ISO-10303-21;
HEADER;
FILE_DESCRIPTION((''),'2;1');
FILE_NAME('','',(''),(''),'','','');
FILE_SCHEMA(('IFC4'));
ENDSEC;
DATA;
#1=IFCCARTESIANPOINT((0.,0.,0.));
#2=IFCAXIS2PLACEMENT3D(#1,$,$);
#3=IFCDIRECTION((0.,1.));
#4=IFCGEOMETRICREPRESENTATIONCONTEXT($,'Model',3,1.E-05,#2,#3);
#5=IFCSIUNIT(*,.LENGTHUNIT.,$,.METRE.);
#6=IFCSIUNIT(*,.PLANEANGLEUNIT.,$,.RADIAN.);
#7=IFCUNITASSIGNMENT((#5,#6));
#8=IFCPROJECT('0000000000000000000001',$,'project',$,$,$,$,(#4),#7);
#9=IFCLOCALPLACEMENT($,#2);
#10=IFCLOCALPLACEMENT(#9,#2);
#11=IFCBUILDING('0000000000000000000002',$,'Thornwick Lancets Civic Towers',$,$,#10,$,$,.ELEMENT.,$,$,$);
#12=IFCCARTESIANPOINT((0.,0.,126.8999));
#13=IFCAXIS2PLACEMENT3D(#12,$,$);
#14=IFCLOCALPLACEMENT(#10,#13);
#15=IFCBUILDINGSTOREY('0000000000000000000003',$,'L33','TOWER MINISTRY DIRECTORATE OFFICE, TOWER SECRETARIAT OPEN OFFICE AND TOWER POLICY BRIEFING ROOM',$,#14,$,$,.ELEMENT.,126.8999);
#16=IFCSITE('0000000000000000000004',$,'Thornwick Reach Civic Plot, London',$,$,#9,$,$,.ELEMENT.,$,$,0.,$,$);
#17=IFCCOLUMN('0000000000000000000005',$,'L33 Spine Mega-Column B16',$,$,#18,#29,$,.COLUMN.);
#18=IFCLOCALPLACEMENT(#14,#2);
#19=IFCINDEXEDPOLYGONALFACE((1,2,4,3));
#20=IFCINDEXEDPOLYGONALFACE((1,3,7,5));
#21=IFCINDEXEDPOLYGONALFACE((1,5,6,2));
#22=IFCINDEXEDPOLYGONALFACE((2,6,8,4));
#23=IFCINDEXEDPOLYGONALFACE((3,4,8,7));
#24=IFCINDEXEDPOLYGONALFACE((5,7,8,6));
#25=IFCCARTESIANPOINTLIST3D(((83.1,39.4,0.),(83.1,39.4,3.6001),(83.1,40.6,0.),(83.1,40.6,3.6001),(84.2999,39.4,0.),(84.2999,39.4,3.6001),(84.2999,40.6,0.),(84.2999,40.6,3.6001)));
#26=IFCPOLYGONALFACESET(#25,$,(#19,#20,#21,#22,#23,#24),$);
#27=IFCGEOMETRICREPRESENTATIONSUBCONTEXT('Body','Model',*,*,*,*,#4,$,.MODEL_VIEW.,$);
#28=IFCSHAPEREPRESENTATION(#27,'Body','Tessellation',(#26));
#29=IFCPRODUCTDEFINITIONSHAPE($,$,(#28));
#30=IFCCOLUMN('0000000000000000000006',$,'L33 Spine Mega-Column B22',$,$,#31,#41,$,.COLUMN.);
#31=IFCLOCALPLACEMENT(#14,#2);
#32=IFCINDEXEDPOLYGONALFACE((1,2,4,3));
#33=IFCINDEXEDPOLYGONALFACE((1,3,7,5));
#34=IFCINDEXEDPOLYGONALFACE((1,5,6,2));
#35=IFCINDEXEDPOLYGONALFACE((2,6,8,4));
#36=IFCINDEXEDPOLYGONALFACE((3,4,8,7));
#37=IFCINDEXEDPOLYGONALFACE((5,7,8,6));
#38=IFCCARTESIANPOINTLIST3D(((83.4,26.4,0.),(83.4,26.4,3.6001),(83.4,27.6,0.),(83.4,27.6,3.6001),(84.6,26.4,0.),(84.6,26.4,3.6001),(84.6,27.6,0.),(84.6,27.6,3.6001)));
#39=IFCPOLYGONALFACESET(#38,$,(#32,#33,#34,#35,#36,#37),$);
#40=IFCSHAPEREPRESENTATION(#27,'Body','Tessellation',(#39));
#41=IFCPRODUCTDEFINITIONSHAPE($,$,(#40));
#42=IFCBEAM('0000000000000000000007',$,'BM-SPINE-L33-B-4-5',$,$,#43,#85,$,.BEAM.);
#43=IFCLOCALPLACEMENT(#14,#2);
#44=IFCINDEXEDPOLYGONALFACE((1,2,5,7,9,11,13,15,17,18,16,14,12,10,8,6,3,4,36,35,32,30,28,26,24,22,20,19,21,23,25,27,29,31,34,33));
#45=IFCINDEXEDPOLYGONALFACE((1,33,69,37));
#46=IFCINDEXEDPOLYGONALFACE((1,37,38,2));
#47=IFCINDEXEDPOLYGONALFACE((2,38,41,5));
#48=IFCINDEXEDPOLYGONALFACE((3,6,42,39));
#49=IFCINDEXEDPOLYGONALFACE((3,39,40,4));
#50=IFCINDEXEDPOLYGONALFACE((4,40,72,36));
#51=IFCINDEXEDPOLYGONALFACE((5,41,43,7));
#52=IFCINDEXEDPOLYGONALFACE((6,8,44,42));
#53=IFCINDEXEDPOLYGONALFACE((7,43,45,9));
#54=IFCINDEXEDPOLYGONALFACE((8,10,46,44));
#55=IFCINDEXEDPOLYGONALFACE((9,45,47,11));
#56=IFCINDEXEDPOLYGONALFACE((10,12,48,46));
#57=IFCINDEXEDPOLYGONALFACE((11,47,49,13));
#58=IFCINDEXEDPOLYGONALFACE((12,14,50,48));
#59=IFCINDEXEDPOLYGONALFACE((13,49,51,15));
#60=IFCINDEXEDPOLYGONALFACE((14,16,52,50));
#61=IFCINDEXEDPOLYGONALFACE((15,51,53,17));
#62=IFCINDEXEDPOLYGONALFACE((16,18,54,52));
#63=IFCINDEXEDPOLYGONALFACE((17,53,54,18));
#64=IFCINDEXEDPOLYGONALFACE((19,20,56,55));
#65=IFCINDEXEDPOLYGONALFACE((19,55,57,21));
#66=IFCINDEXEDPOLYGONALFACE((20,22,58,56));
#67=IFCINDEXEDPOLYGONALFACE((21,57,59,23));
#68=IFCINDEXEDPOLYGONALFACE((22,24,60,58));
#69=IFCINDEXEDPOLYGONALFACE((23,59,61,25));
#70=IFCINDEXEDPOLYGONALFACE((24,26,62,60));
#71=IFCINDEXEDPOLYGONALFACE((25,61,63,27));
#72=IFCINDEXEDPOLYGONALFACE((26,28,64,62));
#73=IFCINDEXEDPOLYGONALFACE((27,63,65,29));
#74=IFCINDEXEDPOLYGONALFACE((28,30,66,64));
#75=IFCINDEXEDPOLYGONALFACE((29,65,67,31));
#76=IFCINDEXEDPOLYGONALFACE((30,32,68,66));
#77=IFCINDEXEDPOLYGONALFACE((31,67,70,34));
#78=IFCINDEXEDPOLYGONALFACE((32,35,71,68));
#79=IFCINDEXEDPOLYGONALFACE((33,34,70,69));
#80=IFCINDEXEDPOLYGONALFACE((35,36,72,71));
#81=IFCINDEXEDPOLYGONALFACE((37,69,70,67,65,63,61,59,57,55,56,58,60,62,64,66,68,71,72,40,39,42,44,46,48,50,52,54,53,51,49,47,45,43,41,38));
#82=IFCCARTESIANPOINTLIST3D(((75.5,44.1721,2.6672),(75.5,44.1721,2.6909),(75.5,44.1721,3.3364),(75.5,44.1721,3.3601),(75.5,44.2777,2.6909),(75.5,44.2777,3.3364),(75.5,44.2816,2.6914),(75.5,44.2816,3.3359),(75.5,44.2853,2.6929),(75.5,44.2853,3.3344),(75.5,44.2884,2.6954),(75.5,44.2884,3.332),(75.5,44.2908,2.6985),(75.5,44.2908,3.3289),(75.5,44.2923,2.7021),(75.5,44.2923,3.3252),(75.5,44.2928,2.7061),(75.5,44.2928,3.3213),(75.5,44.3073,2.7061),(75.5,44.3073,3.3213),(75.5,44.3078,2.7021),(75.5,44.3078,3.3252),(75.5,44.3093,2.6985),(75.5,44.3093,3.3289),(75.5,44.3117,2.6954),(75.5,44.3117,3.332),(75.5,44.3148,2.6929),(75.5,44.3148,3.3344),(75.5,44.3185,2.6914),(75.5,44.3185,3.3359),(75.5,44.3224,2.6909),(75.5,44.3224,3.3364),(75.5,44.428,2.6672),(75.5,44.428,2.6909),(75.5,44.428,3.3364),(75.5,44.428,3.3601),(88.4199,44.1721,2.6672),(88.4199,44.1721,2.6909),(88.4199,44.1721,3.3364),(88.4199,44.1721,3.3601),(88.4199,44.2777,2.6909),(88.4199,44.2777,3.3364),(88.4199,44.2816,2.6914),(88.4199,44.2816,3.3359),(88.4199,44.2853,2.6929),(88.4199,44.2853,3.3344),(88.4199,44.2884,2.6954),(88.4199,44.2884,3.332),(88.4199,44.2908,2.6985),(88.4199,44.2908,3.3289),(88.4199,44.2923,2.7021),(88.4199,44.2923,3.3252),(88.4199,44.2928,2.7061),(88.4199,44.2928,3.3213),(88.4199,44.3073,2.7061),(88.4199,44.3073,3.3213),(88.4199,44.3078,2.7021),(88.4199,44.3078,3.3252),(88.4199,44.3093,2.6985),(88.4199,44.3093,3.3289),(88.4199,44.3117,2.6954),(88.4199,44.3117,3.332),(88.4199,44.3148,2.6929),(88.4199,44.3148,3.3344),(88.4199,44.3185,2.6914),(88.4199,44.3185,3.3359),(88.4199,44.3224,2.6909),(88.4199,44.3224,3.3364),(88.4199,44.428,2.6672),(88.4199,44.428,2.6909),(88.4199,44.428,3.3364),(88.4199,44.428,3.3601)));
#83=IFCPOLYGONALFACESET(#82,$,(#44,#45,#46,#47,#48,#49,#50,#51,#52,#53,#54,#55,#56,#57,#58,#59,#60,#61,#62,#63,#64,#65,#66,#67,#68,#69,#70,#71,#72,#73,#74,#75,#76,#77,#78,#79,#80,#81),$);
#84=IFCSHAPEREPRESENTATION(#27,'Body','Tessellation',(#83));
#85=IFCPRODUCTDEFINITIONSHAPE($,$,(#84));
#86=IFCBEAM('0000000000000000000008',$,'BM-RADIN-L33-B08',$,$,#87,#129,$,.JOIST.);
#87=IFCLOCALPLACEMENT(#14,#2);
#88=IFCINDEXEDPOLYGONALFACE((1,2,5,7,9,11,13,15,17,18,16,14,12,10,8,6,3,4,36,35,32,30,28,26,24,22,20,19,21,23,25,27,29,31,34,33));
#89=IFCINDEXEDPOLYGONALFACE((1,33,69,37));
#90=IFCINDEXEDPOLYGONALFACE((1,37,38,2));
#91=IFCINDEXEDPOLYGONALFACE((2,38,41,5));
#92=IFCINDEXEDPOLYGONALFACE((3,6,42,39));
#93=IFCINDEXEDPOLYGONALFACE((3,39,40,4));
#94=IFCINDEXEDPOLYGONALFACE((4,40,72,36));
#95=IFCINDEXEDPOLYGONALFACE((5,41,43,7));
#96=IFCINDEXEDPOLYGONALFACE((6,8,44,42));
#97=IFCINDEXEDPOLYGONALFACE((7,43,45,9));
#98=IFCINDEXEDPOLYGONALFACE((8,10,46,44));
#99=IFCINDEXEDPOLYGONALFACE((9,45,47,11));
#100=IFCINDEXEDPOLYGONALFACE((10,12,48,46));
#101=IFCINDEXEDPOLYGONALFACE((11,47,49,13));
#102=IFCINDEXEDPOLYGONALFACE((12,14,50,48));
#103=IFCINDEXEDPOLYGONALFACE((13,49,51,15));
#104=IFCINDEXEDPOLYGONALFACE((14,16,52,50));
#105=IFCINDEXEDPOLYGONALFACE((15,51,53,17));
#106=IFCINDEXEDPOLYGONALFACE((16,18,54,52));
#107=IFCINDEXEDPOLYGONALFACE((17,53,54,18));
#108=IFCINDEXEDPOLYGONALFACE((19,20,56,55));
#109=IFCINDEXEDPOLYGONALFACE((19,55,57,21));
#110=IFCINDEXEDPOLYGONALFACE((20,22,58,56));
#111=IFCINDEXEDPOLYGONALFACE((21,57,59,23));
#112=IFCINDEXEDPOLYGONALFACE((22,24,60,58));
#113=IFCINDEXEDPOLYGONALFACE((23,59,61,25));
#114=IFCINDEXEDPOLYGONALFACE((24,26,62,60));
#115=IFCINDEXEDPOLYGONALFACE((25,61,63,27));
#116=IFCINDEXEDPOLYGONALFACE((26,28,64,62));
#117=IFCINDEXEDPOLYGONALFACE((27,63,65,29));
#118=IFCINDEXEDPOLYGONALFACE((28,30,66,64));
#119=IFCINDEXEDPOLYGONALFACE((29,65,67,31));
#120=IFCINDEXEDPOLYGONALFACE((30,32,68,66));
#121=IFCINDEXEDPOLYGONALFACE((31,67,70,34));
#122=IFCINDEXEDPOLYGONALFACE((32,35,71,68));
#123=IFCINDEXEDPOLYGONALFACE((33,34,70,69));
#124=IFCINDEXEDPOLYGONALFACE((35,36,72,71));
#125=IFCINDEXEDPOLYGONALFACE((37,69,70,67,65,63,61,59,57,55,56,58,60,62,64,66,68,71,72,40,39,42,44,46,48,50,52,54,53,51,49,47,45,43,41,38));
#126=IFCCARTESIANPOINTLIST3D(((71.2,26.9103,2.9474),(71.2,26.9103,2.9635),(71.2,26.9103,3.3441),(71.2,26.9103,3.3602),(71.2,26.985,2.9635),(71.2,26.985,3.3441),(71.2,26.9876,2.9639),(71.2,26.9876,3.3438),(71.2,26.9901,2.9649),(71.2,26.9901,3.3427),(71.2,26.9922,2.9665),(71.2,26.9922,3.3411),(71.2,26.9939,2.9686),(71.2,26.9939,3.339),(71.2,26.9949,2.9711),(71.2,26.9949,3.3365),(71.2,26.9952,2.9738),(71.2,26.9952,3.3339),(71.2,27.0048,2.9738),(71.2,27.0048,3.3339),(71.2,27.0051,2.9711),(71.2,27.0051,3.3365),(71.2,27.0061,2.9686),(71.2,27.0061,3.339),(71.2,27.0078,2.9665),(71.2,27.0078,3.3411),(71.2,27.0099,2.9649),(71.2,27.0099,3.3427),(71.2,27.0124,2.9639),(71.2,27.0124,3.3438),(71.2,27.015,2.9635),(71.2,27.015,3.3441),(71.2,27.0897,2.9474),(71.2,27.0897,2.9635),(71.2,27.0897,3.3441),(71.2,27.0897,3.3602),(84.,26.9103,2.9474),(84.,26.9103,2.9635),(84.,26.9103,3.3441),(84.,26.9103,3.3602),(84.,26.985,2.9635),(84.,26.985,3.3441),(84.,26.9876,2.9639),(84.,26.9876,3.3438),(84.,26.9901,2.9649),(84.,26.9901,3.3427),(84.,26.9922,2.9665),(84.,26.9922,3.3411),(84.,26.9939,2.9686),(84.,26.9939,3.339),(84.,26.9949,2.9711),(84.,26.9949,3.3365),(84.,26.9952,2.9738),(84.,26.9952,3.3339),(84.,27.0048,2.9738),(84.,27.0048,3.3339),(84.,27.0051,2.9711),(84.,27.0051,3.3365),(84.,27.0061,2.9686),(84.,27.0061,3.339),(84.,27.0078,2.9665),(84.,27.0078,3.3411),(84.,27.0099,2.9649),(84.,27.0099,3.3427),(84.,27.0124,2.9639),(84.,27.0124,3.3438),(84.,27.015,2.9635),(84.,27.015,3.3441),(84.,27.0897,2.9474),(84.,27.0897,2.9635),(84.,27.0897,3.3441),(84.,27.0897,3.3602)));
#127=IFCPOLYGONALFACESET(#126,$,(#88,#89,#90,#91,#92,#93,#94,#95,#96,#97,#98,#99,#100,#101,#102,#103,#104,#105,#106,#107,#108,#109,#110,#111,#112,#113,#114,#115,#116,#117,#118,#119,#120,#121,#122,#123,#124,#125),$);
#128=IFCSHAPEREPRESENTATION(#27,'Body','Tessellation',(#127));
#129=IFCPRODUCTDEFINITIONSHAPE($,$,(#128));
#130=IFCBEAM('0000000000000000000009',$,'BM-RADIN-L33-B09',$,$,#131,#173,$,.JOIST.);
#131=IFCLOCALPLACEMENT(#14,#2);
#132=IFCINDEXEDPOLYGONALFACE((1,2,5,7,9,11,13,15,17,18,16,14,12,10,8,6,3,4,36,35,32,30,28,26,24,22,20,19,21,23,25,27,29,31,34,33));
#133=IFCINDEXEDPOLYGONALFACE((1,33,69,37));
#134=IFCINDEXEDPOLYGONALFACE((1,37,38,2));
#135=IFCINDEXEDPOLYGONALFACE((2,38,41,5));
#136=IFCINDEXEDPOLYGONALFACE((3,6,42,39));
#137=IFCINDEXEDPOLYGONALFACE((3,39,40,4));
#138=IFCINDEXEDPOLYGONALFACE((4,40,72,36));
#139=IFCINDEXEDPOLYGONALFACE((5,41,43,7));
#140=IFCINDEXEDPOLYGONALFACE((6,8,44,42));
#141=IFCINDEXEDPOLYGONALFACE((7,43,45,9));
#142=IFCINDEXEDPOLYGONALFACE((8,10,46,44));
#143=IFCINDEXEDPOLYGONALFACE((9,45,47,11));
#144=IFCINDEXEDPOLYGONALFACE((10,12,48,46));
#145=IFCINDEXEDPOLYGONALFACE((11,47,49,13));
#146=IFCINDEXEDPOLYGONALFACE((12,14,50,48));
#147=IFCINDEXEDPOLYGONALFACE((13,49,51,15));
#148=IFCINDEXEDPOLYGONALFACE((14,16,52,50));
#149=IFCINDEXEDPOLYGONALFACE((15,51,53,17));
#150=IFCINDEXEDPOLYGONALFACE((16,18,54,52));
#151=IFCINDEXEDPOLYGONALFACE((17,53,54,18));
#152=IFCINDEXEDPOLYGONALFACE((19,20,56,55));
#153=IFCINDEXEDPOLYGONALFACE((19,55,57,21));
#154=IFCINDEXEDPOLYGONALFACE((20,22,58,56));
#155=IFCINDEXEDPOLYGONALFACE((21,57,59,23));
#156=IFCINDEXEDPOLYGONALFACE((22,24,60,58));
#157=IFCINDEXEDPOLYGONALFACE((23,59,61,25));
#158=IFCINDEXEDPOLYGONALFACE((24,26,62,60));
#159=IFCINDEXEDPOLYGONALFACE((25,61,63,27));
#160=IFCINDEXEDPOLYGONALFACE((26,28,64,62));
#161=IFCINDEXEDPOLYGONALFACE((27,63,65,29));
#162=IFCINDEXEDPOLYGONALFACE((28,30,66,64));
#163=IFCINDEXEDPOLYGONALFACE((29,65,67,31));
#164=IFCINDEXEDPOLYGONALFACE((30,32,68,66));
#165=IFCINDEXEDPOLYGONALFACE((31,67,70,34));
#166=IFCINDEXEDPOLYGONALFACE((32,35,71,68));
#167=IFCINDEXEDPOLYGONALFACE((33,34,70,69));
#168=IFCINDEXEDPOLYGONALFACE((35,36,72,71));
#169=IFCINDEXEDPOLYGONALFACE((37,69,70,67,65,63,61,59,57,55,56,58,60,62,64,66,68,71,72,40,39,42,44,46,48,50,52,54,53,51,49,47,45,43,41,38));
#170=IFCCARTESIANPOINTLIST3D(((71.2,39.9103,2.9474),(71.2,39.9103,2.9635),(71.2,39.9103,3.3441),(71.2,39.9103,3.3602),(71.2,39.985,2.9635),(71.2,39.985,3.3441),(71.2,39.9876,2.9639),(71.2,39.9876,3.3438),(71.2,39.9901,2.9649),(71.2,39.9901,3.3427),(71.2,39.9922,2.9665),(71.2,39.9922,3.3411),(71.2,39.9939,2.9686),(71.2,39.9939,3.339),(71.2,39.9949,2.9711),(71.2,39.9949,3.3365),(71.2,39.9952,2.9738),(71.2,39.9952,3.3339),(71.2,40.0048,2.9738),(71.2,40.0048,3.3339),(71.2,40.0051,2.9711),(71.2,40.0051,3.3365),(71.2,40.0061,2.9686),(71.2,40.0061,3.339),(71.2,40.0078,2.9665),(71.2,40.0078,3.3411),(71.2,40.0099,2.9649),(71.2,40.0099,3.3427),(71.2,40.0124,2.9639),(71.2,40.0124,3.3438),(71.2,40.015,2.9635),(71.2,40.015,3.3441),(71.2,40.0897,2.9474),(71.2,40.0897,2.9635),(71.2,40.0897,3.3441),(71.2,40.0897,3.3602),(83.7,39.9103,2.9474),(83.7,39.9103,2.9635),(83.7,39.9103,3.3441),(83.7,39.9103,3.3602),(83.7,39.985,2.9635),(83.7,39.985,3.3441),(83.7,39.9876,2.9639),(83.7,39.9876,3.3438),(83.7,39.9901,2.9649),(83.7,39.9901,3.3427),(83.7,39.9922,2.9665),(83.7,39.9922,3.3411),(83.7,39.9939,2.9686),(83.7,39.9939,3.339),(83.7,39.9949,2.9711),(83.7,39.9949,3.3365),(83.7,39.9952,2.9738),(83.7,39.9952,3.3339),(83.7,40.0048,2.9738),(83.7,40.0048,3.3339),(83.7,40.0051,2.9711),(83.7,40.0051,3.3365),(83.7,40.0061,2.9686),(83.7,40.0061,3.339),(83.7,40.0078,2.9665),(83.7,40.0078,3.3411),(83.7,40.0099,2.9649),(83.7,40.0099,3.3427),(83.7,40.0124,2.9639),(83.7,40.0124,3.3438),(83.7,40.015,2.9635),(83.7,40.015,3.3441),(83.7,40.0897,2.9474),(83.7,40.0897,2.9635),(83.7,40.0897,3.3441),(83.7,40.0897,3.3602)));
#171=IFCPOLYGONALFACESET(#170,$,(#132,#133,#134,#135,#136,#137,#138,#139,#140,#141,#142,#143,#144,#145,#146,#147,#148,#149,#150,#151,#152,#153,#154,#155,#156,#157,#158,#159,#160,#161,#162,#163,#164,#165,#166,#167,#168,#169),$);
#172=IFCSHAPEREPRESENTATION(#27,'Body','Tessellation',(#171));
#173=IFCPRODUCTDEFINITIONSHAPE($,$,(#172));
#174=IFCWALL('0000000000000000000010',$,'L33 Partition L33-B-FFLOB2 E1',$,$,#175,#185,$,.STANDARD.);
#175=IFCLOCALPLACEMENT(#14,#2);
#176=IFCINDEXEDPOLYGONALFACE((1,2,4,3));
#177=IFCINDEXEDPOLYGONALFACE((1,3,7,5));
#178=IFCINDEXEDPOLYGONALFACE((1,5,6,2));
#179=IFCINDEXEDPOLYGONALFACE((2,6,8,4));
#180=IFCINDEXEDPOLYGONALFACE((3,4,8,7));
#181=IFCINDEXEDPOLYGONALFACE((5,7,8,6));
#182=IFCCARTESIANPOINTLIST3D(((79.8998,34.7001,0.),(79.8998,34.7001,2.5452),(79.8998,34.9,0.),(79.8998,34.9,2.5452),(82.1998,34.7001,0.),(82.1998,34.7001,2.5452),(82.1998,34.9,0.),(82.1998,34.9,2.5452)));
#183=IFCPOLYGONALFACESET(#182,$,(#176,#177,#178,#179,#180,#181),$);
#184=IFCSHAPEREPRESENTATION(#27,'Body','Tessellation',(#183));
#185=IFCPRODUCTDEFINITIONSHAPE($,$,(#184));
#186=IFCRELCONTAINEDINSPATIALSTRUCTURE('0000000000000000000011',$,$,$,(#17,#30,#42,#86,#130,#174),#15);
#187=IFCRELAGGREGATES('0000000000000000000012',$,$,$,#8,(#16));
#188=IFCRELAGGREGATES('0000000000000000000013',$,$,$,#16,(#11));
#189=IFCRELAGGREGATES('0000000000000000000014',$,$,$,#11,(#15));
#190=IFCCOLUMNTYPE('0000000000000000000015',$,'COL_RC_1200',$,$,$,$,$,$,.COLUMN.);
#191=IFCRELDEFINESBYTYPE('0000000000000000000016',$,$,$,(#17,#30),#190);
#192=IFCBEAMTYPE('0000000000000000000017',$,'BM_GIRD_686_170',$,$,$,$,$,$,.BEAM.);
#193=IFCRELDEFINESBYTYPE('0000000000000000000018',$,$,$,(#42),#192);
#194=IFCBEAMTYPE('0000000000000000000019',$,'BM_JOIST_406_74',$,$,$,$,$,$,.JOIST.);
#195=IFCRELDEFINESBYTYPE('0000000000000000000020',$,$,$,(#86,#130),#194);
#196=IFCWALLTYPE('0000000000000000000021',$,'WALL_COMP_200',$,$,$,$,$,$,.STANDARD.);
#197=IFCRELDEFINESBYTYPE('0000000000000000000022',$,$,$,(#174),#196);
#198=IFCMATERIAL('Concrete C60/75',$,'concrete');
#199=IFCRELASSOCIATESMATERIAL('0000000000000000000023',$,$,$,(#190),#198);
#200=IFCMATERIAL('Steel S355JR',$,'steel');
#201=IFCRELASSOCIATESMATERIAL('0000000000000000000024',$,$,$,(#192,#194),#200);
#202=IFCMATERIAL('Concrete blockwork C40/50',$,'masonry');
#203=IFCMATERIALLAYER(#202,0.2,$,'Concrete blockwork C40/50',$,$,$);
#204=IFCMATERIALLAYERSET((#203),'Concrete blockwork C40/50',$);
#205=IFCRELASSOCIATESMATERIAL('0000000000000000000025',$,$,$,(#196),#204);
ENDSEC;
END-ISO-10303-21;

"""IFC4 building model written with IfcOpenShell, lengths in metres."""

from ifc_helpers import new_model, si_unit, direction, frame, frame_2d, origin, origin_2d, place, context, subcontext, project, spatial, rectangle, i_section, extrude, material, layer, layer_set, material_profile, profile_set, type_object, element, save


model = new_model("IFC4")

# Units and contexts
model_context = context("Model", 3, precision=1e-05, world=origin(), true_north=direction((0.0, 1.0)))
body_context = subcontext(model_context, "Body", "Model", "MODEL_VIEW")
ifc_project = project(units=[si_unit("LENGTHUNIT", "METRE"), si_unit("PLANEANGLEUNIT", "RADIAN")], contexts=[model_context])

# Site, building, storey
site_placement = place(None, origin())
site = spatial("IfcSite", under=ifc_project, at=site_placement, Name="Thornwick Reach Civic Plot, London", CompositionType="ELEMENT", RefElevation=0.0)
building_placement = place(site_placement, origin())
building = spatial("IfcBuilding", under=site, at=building_placement, Name="Thornwick Lancets Civic Towers", CompositionType="ELEMENT")
storey_placement = place(building_placement, frame((0.0, 0.0, 126.8999)))
storey = spatial("IfcBuildingStorey", under=building, at=storey_placement, Name="L33", Description="TOWER MINISTRY DIRECTORATE OFFICE, TOWER SECRETARIAT OPEN OFFICE AND TOWER POLICY BRIEFING ROOM", CompositionType="ELEMENT", Elevation=126.8999)

# Columns
ifc_material_1 = material(Name="Concrete C60/75", Category="concrete")
ifc_material_profile_1 = material_profile(ifc_material_1, rectangle(XDim=1.2, YDim=1.2, at=origin_2d()), Name="RC 1200x1200")
ifc_profile_set_1 = profile_set([ifc_material_profile_1], Name="Concrete C60/75")
column_type = type_object("IfcColumnType", Name="COL_RC_1200", PredefinedType="COLUMN", material=ifc_profile_set_1)
for number, where, z_axis, x_axis, name in (
    (1, (83.7, 40.0, 0.0), (0.0, 0.0, 1.0), (1.0, 0.0, 0.0), "L33 Spine Mega-Column B16"),
    (2, (84.0, 27.0, 0.0), (0.0, 0.0, 1.0), (1.0, 0.0, 0.0), "L33 Spine Mega-Column B22"),
):
    element("IfcColumn", number, at=place(storey_placement, frame(where, z_axis=z_axis, x_axis=x_axis)), inside=storey, type_object=column_type, Name=name, PredefinedType="COLUMN", context=body_context, shape_type="SweptSolid", body=[
        extrude(rectangle(XDim=1.2, YDim=1.2, at=origin_2d()), origin(), (0.0, 0.0, 1.0), 3.6001),
    ])

# Beams
ifc_material_2 = material(Name="Steel S355JR", Category="steel")
ifc_material_profile_2 = material_profile(ifc_material_2, i_section(OverallWidth=0.2559, OverallDepth=0.6929, WebThickness=0.0144, FlangeThickness=0.0237, FilletRadius=0.0151, at=origin_2d()), Name="UKB 686x254x170")
ifc_profile_set_2 = profile_set([ifc_material_profile_2], Name="Steel S355JR")
beam_type_1 = type_object("IfcBeamType", Name="BM_GIRD_686_170", PredefinedType="BEAM", material=ifc_profile_set_2)
beam_1_placement = place(storey_placement, frame((88.4199, 44.3, 3.0137), z_axis=(-1.0, 0.0, 0.0), x_axis=(0.0, -1.0, 0.0)))
element("IfcBeam", 3, at=beam_1_placement, inside=storey, type_object=beam_type_1, Name="BM-SPINE-L33-B-4-5", PredefinedType="BEAM", context=body_context, shape_type="SweptSolid", body=[
    extrude(i_section(OverallWidth=0.2559, OverallDepth=0.6929, WebThickness=0.0144, FlangeThickness=0.0237, FilletRadius=0.0151, at=origin_2d()), origin(), (0.0, 0.0, 1.0), 12.9199),
])
ifc_material_profile_3 = material_profile(ifc_material_2, i_section(OverallWidth=0.1794, OverallDepth=0.4128, WebThickness=0.0095, FlangeThickness=0.0161, FilletRadius=0.0103, at=origin_2d()), Name="UKB 406x178x74")
ifc_profile_set_3 = profile_set([ifc_material_profile_3], Name="Steel S355JR")
beam_type_2 = type_object("IfcBeamType", Name="BM_JOIST_406_74", PredefinedType="JOIST", material=ifc_profile_set_3)
beam_2_placement = place(storey_placement, frame((84.0, 27.0, 3.1538), z_axis=(-1.0, 0.0, 0.0), x_axis=(0.0, -1.0, 0.0)))
element("IfcBeam", 4, at=beam_2_placement, inside=storey, type_object=beam_type_2, Name="BM-RADIN-L33-B08", PredefinedType="JOIST", context=body_context, shape_type="SweptSolid", body=[
    extrude(i_section(OverallWidth=0.1794, OverallDepth=0.4128, WebThickness=0.0095, FlangeThickness=0.0161, FilletRadius=0.0103, at=origin_2d()), origin(), (0.0, 0.0, 1.0), 12.8),
])
beam_3_placement = place(storey_placement, frame((83.7, 40.0, 3.1538), z_axis=(-1.0, 0.0, 0.0), x_axis=(0.0, -1.0, 0.0)))
element("IfcBeam", 5, at=beam_3_placement, inside=storey, type_object=beam_type_2, Name="BM-RADIN-L33-B09", PredefinedType="JOIST", context=body_context, shape_type="SweptSolid", body=[
    extrude(i_section(OverallWidth=0.1794, OverallDepth=0.4128, WebThickness=0.0095, FlangeThickness=0.0161, FilletRadius=0.0103, at=origin_2d()), origin(), (0.0, 0.0, 1.0), 12.5),
])

# Wall
ifc_material_3 = material(Name="Concrete blockwork C40/50", Category="masonry")
ifc_layer_1 = layer(ifc_material_3, 0.2, Name="Concrete blockwork C40/50")
ifc_layer_set_1 = layer_set([ifc_layer_1], Name="Concrete blockwork C40/50")
wall_type_1 = type_object("IfcWallType", Name="WALL_COMP_200", PredefinedType="STANDARD", material=ifc_layer_set_1)
wall_1_placement = place(storey_placement, frame((79.8999, 34.8, 0.0), z_axis=(0.0, 0.0, 1.0), x_axis=(1.0, 0.0, 0.0)))
element("IfcWall", 6, at=wall_1_placement, inside=storey, type_object=wall_type_1, Name="L33 Partition L33-B-FFLOB2 E1", PredefinedType="STANDARD", context=body_context, shape_type="SweptSolid", body=[
    extrude(rectangle(XDim=2.3, YDim=0.2, at=frame_2d((1.1499, 0.0))), origin(), (0.0, 0.0, 1.0), 2.5452),
])

save(model, "model.ifc")
